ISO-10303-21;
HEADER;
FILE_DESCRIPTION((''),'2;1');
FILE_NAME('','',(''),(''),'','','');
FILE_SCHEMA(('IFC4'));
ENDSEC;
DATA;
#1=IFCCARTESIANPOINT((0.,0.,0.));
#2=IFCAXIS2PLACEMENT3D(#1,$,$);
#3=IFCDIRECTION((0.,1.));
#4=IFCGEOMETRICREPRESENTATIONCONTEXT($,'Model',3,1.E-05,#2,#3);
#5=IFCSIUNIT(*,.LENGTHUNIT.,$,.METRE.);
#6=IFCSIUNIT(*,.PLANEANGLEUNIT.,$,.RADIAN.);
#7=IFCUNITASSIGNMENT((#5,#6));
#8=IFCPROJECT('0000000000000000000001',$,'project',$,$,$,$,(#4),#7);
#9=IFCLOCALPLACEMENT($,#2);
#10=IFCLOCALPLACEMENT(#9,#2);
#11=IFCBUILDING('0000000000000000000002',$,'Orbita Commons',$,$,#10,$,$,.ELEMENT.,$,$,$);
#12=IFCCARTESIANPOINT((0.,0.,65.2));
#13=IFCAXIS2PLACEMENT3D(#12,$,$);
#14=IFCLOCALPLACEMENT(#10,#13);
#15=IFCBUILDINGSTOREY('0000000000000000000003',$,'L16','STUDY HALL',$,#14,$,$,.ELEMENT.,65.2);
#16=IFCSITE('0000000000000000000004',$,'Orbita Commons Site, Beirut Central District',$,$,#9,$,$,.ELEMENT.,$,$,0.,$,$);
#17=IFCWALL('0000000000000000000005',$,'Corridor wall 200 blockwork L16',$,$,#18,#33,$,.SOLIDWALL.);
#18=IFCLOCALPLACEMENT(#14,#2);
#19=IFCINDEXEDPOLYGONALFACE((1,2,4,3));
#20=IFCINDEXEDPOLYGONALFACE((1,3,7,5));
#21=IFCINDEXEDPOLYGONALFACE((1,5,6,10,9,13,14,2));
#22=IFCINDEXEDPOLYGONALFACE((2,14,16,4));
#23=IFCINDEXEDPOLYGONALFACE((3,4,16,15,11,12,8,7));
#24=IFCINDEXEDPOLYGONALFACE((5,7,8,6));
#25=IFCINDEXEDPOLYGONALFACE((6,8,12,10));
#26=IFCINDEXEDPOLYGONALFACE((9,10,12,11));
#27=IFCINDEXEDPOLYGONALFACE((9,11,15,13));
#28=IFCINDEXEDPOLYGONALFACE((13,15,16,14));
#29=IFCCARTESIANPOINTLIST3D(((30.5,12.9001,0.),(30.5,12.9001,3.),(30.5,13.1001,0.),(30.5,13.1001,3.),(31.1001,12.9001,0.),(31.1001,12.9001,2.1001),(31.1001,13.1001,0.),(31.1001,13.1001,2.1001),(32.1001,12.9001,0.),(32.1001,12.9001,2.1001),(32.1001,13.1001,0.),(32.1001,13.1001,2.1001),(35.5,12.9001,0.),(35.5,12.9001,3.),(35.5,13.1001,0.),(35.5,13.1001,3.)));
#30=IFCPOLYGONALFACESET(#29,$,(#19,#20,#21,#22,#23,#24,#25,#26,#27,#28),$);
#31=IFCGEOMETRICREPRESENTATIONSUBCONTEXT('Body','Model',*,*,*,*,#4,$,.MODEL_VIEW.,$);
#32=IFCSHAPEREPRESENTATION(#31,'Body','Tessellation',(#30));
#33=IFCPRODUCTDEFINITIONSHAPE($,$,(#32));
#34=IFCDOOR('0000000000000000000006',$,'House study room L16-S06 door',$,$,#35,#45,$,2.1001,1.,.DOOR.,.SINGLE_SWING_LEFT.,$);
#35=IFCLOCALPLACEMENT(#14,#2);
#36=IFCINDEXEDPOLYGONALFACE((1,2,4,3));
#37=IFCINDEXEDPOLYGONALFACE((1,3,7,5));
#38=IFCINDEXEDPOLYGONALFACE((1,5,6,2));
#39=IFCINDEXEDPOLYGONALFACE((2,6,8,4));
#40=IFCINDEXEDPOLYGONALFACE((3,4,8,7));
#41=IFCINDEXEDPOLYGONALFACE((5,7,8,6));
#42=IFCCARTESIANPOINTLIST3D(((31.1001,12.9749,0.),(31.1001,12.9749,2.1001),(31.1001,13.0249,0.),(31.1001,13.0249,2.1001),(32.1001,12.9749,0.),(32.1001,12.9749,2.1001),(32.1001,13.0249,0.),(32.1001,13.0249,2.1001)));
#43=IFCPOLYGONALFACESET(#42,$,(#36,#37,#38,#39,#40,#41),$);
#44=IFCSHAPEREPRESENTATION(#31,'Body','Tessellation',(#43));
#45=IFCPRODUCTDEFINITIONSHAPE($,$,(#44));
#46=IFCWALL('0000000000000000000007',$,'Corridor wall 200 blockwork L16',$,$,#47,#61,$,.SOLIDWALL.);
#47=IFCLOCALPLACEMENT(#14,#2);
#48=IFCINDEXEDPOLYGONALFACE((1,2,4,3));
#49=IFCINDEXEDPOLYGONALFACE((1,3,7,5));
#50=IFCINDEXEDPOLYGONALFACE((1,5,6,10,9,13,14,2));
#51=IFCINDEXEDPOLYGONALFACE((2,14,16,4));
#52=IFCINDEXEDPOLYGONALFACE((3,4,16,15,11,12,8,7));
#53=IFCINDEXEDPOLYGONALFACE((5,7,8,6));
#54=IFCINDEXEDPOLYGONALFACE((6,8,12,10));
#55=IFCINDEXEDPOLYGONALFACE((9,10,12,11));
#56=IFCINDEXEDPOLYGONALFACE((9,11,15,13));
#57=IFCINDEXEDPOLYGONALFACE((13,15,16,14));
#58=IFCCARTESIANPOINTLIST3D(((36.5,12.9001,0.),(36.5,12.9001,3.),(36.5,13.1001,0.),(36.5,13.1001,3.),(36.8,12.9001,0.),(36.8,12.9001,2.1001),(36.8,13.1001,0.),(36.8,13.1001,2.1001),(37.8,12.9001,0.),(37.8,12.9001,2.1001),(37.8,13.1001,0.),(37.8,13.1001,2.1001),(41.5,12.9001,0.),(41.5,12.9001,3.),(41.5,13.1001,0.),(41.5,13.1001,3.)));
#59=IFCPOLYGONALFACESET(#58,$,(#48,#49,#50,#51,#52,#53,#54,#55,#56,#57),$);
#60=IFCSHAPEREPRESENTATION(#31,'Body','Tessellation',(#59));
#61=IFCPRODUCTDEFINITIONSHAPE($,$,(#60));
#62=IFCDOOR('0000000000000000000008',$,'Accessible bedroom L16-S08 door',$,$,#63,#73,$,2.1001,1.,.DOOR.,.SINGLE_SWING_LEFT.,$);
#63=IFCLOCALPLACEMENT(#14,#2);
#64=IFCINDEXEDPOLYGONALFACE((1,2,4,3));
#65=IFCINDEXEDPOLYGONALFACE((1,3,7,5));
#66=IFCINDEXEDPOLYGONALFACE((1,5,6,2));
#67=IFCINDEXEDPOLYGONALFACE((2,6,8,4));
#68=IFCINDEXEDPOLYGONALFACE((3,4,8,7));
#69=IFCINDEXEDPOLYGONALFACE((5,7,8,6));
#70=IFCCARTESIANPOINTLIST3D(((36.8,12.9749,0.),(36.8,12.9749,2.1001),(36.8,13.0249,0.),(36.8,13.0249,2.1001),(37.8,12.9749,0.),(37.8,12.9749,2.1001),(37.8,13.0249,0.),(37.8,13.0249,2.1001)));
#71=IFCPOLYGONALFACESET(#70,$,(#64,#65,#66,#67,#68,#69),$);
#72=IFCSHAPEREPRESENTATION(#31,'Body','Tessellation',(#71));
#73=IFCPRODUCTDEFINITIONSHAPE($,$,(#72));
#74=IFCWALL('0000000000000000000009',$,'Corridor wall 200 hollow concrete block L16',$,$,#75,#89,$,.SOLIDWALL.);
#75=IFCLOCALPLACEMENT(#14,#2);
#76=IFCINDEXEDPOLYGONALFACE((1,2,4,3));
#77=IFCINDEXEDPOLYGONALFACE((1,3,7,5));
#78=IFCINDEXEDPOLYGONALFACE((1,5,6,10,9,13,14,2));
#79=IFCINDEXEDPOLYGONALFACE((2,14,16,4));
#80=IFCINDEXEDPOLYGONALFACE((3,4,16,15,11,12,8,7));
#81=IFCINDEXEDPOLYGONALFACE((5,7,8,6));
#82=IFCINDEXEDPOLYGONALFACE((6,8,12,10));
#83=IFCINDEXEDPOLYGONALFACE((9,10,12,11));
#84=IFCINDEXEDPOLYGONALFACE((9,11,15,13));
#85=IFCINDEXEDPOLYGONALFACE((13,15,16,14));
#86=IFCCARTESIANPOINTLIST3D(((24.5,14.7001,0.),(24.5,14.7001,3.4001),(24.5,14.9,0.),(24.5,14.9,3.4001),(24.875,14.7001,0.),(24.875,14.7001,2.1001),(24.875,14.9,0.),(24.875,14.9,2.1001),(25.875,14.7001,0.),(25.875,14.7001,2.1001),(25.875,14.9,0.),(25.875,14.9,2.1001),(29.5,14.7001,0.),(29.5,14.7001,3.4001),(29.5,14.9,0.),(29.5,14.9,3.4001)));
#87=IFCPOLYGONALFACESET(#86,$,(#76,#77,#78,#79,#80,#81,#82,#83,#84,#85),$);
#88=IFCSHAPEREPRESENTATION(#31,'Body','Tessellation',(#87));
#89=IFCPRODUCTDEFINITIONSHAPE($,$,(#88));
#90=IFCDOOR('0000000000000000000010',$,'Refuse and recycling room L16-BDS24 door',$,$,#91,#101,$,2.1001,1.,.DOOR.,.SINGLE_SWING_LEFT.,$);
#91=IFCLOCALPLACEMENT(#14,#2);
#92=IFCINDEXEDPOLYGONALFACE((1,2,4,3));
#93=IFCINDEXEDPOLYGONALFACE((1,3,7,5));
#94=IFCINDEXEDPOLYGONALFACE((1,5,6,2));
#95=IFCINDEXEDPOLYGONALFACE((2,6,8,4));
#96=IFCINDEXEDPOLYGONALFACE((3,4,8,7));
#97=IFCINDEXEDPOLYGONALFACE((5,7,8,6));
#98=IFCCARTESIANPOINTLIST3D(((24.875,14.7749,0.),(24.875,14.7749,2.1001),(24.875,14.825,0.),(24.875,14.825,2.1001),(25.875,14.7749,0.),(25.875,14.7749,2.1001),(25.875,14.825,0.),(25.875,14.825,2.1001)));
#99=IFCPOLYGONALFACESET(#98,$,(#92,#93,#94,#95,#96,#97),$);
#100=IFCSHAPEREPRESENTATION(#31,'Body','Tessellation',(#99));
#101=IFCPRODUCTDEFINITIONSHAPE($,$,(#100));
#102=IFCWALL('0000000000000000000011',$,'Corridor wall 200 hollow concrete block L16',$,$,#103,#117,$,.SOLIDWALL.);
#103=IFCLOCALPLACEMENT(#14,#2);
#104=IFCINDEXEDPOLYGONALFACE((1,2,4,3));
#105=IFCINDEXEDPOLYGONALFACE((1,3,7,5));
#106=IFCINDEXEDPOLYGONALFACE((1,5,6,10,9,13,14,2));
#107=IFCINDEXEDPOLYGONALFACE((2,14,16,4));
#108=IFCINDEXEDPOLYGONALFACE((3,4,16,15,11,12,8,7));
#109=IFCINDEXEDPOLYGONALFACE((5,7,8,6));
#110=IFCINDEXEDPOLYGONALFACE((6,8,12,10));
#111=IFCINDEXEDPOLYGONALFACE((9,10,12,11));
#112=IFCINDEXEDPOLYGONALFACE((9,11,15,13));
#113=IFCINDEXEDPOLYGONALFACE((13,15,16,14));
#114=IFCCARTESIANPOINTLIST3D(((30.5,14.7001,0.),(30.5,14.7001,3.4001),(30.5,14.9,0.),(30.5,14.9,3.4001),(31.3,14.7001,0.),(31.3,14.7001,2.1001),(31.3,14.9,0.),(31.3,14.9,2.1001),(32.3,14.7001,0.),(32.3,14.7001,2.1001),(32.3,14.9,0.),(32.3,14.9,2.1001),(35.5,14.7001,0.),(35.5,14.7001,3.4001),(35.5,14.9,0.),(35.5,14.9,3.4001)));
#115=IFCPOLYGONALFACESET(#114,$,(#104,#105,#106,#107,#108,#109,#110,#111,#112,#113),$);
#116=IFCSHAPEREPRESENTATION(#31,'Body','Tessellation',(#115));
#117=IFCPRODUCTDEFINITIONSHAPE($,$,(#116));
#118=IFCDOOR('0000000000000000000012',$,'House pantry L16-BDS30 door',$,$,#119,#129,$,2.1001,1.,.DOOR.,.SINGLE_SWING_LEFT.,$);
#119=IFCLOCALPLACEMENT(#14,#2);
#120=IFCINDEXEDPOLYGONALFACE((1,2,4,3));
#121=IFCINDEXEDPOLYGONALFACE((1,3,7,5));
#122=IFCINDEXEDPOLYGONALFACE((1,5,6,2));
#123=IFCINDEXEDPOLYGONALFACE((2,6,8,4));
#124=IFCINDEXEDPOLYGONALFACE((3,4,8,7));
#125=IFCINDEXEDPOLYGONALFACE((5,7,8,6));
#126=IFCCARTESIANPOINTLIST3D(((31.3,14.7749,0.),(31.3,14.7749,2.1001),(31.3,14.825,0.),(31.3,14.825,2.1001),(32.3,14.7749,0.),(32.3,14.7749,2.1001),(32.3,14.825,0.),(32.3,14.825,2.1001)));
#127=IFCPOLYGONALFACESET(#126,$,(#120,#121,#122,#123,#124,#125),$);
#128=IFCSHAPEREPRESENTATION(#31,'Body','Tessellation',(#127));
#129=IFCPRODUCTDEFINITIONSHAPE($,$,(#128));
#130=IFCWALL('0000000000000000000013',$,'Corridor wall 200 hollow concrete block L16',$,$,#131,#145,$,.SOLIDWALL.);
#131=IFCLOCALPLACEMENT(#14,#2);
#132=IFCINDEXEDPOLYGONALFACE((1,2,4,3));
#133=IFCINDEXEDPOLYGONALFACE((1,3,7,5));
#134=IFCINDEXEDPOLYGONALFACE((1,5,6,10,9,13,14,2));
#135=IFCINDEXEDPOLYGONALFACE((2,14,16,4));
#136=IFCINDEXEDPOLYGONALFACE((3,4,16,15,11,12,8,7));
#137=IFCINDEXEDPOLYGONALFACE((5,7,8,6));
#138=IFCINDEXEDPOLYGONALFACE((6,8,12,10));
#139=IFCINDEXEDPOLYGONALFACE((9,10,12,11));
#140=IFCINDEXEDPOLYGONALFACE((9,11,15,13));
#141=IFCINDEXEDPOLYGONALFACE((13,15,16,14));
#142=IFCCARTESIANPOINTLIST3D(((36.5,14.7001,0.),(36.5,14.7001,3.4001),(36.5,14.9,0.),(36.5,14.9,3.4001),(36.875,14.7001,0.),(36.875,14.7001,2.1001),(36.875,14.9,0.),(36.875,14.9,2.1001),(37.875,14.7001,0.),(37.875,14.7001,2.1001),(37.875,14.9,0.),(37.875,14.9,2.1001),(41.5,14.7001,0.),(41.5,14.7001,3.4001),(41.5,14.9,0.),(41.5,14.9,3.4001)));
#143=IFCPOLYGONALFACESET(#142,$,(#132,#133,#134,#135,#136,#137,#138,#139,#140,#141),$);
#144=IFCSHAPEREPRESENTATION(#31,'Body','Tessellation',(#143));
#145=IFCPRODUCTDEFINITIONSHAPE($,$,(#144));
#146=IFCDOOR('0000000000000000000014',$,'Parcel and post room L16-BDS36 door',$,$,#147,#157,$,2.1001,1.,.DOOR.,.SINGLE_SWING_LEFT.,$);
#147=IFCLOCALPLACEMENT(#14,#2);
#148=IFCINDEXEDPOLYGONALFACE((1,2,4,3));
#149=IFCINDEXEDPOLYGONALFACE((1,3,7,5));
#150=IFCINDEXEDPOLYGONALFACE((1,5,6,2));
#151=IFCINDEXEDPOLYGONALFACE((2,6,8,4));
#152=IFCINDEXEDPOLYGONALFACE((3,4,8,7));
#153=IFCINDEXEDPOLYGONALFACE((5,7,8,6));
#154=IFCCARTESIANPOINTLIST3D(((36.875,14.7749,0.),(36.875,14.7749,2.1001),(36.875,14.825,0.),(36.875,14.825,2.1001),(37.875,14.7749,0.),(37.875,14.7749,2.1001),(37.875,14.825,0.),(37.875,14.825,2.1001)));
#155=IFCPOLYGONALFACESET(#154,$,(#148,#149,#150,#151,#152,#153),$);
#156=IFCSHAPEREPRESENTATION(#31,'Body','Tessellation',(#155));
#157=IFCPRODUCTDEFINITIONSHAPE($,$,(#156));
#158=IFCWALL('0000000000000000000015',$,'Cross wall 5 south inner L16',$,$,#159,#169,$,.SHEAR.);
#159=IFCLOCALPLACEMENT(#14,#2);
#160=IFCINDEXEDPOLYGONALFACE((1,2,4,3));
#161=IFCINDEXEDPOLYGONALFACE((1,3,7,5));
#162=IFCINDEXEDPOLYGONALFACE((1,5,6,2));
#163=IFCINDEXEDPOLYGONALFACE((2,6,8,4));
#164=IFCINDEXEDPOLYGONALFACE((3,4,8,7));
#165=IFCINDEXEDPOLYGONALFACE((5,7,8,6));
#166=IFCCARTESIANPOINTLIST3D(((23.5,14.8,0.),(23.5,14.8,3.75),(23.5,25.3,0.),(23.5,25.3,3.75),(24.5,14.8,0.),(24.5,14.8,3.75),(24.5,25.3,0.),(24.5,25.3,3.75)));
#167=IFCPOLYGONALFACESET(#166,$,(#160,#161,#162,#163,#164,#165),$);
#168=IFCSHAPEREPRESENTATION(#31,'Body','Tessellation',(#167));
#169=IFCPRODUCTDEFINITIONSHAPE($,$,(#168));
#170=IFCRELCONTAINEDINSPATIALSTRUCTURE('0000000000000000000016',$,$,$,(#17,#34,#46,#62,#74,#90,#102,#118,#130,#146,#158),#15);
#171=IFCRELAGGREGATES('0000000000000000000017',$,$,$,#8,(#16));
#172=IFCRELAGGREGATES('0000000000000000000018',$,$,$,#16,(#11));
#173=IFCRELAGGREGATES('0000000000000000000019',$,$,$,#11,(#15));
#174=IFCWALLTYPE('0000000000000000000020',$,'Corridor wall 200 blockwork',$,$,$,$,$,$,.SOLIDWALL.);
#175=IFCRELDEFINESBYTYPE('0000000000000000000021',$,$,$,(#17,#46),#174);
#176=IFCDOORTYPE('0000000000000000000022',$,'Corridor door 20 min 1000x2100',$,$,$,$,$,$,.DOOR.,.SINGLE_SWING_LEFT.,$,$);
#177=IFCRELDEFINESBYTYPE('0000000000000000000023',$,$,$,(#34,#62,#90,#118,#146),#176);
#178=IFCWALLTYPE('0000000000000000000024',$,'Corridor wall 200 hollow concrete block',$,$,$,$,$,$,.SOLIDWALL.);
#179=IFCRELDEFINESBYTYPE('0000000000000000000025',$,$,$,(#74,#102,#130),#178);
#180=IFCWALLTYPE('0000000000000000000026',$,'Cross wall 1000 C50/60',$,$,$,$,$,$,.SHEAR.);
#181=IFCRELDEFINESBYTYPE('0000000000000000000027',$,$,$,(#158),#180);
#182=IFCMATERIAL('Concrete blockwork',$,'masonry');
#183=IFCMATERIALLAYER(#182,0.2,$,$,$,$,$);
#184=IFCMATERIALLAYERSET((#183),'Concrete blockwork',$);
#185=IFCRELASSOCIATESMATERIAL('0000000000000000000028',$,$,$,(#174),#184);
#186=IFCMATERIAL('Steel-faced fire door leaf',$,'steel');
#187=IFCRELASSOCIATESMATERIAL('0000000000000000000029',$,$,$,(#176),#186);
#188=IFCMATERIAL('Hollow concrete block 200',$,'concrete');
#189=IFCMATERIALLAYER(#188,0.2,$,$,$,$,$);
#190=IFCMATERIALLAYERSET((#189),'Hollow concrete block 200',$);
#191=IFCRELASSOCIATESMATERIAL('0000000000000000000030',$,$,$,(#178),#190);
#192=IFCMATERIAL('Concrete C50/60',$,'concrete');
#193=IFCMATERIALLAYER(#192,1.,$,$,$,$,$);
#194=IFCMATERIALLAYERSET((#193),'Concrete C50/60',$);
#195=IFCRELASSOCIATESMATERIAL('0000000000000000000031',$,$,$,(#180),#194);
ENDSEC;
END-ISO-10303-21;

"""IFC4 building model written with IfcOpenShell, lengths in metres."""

from ifc_helpers import new_model, si_unit, direction, frame, frame_2d, origin, place, context, subcontext, project, spatial, polyline, rectangle, outline, extrude, material, layer, layer_set, type_object, element, fill, save


model = new_model("IFC4")

# Units and contexts
model_context = context("Model", 3, precision=1e-05, world=origin(), true_north=direction((0.0, 1.0)))
body_context = subcontext(model_context, "Body", "Model", "MODEL_VIEW")
ifc_project = project(units=[si_unit("LENGTHUNIT", "METRE"), si_unit("PLANEANGLEUNIT", "RADIAN")], contexts=[model_context])

# Site, building, storey
site_placement = place(None, origin())
site = spatial("IfcSite", under=ifc_project, at=site_placement, Name="Orbita Commons Site, Beirut Central District", CompositionType="ELEMENT", RefElevation=0.0)
building_placement = place(site_placement, origin())
building = spatial("IfcBuilding", under=site, at=building_placement, Name="Orbita Commons", CompositionType="ELEMENT")
storey_placement = place(building_placement, frame((0.0, 0.0, 65.2)))
storey = spatial("IfcBuildingStorey", under=building, at=storey_placement, Name="L16", Description="STUDY HALL", CompositionType="ELEMENT", Elevation=65.2)

# Shared definitions
ifc_material_1 = material(Name="Concrete blockwork", Category="masonry")
ifc_layer_1 = layer(ifc_material_1, 0.2)
ifc_layer_set_1 = layer_set([ifc_layer_1], Name="Concrete blockwork")
wall_type_1 = type_object("IfcWallType", Name="Corridor wall 200 blockwork", PredefinedType="SOLIDWALL", material=ifc_layer_set_1)

# Walls, openings, doors
wall_1_placement = place(storey_placement, frame((30.5, 13.0, 0.0), z_axis=(0.0, 0.0, 1.0), x_axis=(1.0, 0.0, 0.0)))
wall_1 = element("IfcWall", 1, at=wall_1_placement, inside=storey, type_object=wall_type_1, Name="Corridor wall 200 blockwork L16", PredefinedType="SOLIDWALL", context=body_context, shape_type="SweptSolid", body=[
    extrude(outline(polyline([(0.0, 0.0), (5.0, 0.0), (5.0, 3.0), (0.0, 3.0), (0.0, 0.0)])), frame((0.0, 0.1001, 0.0), z_axis=(0.0, -1.0, 0.0), x_axis=(1.0, 0.0, 0.0)), (0.0, 0.0, 1.0), 0.2),
])
opening_1_placement = place(wall_1_placement, frame((0.6001, 0.0, 0.0)))
opening_1 = element("IfcOpeningElement", 2, at=opening_1_placement, cuts=wall_1, PredefinedType="OPENING", context=body_context, shape_type="SweptSolid", body=[
    extrude(rectangle(XDim=1.0, YDim=2.1001, at=frame_2d((0.5, 1.05))), frame((0.0, 0.1099, 0.0), z_axis=(0.0, -1.0, 0.0), x_axis=(1.0, 0.0, 0.0)), (0.0, 0.0, 1.0), 0.22),
])
ifc_material_2 = material(Name="Steel-faced fire door leaf", Category="steel")
door_type_1 = type_object("IfcDoorType", Name="Corridor door 20 min 1000x2100", OperationType="SINGLE_SWING_LEFT", PredefinedType="DOOR", material=ifc_material_2)
door_1_placement = place(opening_1_placement, origin())
door_1 = element("IfcDoor", 3, at=door_1_placement, inside=storey, type_object=door_type_1, Name="House study room L16-S06 door", OperationType="SINGLE_SWING_LEFT", OverallHeight=2.1001, OverallWidth=1.0, PredefinedType="DOOR", context=body_context, shape_type="SweptSolid", body=[
    extrude(rectangle(XDim=1.0, YDim=2.1001, at=frame_2d((0.5, 1.05))), frame((0.0, 0.0249, 0.0), z_axis=(0.0, -1.0, 0.0), x_axis=(1.0, 0.0, 0.0)), (0.0, 0.0, 1.0), 0.05),
])
fill(opening_1, door_1)
wall_2_placement = place(storey_placement, frame((36.5, 13.0, 0.0), z_axis=(0.0, 0.0, 1.0), x_axis=(1.0, 0.0, 0.0)))
wall_2 = element("IfcWall", 4, at=wall_2_placement, inside=storey, type_object=wall_type_1, Name="Corridor wall 200 blockwork L16", PredefinedType="SOLIDWALL", context=body_context, shape_type="SweptSolid", body=[
    extrude(outline(polyline([(0.0, 0.0), (5.0, 0.0), (5.0, 3.0), (0.0, 3.0), (0.0, 0.0)])), frame((0.0, 0.1001, 0.0), z_axis=(0.0, -1.0, 0.0), x_axis=(1.0, 0.0, 0.0)), (0.0, 0.0, 1.0), 0.2),
])
opening_2_placement = place(wall_2_placement, frame((0.3, 0.0, 0.0)))
opening_2 = element("IfcOpeningElement", 5, at=opening_2_placement, cuts=wall_2, PredefinedType="OPENING", context=body_context, shape_type="SweptSolid", body=[
    extrude(rectangle(XDim=1.0, YDim=2.1001, at=frame_2d((0.5, 1.05))), frame((0.0, 0.1099, 0.0), z_axis=(0.0, -1.0, 0.0), x_axis=(1.0, 0.0, 0.0)), (0.0, 0.0, 1.0), 0.22),
])
door_2_placement = place(opening_2_placement, origin())
door_2 = element("IfcDoor", 6, at=door_2_placement, inside=storey, type_object=door_type_1, Name="Accessible bedroom L16-S08 door", OperationType="SINGLE_SWING_LEFT", OverallHeight=2.1001, OverallWidth=1.0, PredefinedType="DOOR", context=body_context, shape_type="SweptSolid", body=[
    extrude(rectangle(XDim=1.0, YDim=2.1001, at=frame_2d((0.5, 1.05))), frame((0.0, 0.0249, 0.0), z_axis=(0.0, -1.0, 0.0), x_axis=(1.0, 0.0, 0.0)), (0.0, 0.0, 1.0), 0.05),
])
fill(opening_2, door_2)
ifc_material_3 = material(Name="Hollow concrete block 200", Category="concrete")
ifc_layer_2 = layer(ifc_material_3, 0.2)
ifc_layer_set_2 = layer_set([ifc_layer_2], Name="Hollow concrete block 200")
wall_type_2 = type_object("IfcWallType", Name="Corridor wall 200 hollow concrete block", PredefinedType="SOLIDWALL", material=ifc_layer_set_2)
wall_3_placement = place(storey_placement, frame((24.5, 14.8, 0.0), z_axis=(0.0, 0.0, 1.0), x_axis=(1.0, 0.0, 0.0)))
wall_3 = element("IfcWall", 7, at=wall_3_placement, inside=storey, type_object=wall_type_2, Name="Corridor wall 200 hollow concrete block L16", PredefinedType="SOLIDWALL", context=body_context, shape_type="SweptSolid", body=[
    extrude(rectangle(XDim=5.0, YDim=0.2, at=frame_2d((2.5, 0.0))), origin(), (0.0, 0.0, 1.0), 3.4001),
])
opening_3_placement = place(wall_3_placement, frame((0.375, 0.0, 0.0)))
opening_3 = element("IfcOpeningElement", 8, at=opening_3_placement, cuts=wall_3, PredefinedType="OPENING", context=body_context, shape_type="SweptSolid", body=[
    extrude(rectangle(XDim=1.0, YDim=2.1001, at=frame_2d((0.5, 1.05))), frame((0.0, 0.1099, 0.0), z_axis=(0.0, -1.0, 0.0), x_axis=(1.0, 0.0, 0.0)), (0.0, 0.0, 1.0), 0.22),
])
door_3_placement = place(opening_3_placement, origin())
door_3 = element("IfcDoor", 9, at=door_3_placement, inside=storey, type_object=door_type_1, Name="Refuse and recycling room L16-BDS24 door", OperationType="SINGLE_SWING_LEFT", OverallHeight=2.1001, OverallWidth=1.0, PredefinedType="DOOR", context=body_context, shape_type="SweptSolid", body=[
    extrude(rectangle(XDim=1.0, YDim=2.1001, at=frame_2d((0.5, 1.05))), frame((0.0, 0.0249, 0.0), z_axis=(0.0, -1.0, 0.0), x_axis=(1.0, 0.0, 0.0)), (0.0, 0.0, 1.0), 0.05),
])
fill(opening_3, door_3)
wall_4_placement = place(storey_placement, frame((30.5, 14.8, 0.0), z_axis=(0.0, 0.0, 1.0), x_axis=(1.0, 0.0, 0.0)))
wall_4 = element("IfcWall", 10, at=wall_4_placement, inside=storey, type_object=wall_type_2, Name="Corridor wall 200 hollow concrete block L16", PredefinedType="SOLIDWALL", context=body_context, shape_type="SweptSolid", body=[
    extrude(rectangle(XDim=5.0, YDim=0.2, at=frame_2d((2.5, 0.0))), origin(), (0.0, 0.0, 1.0), 3.4001),
])
opening_4_placement = place(wall_4_placement, frame((0.8, 0.0, 0.0)))
opening_4 = element("IfcOpeningElement", 11, at=opening_4_placement, cuts=wall_4, PredefinedType="OPENING", context=body_context, shape_type="SweptSolid", body=[
    extrude(rectangle(XDim=1.0, YDim=2.1001, at=frame_2d((0.5, 1.05))), frame((0.0, 0.1099, 0.0), z_axis=(0.0, -1.0, 0.0), x_axis=(1.0, 0.0, 0.0)), (0.0, 0.0, 1.0), 0.22),
])
door_4_placement = place(opening_4_placement, origin())
door_4 = element("IfcDoor", 12, at=door_4_placement, inside=storey, type_object=door_type_1, Name="House pantry L16-BDS30 door", OperationType="SINGLE_SWING_LEFT", OverallHeight=2.1001, OverallWidth=1.0, PredefinedType="DOOR", context=body_context, shape_type="SweptSolid", body=[
    extrude(rectangle(XDim=1.0, YDim=2.1001, at=frame_2d((0.5, 1.05))), frame((0.0, 0.0249, 0.0), z_axis=(0.0, -1.0, 0.0), x_axis=(1.0, 0.0, 0.0)), (0.0, 0.0, 1.0), 0.05),
])
fill(opening_4, door_4)
wall_5_placement = place(storey_placement, frame((36.5, 14.8, 0.0), z_axis=(0.0, 0.0, 1.0), x_axis=(1.0, 0.0, 0.0)))
wall_5 = element("IfcWall", 13, at=wall_5_placement, inside=storey, type_object=wall_type_2, Name="Corridor wall 200 hollow concrete block L16", PredefinedType="SOLIDWALL", context=body_context, shape_type="SweptSolid", body=[
    extrude(rectangle(XDim=5.0, YDim=0.2, at=frame_2d((2.5, 0.0))), origin(), (0.0, 0.0, 1.0), 3.4001),
])
opening_5_placement = place(wall_5_placement, frame((0.375, 0.0, 0.0)))
opening_5 = element("IfcOpeningElement", 14, at=opening_5_placement, cuts=wall_5, PredefinedType="OPENING", context=body_context, shape_type="SweptSolid", body=[
    extrude(rectangle(XDim=1.0, YDim=2.1001, at=frame_2d((0.5, 1.05))), frame((0.0, 0.1099, 0.0), z_axis=(0.0, -1.0, 0.0), x_axis=(1.0, 0.0, 0.0)), (0.0, 0.0, 1.0), 0.22),
])
door_5_placement = place(opening_5_placement, origin())
door_5 = element("IfcDoor", 15, at=door_5_placement, inside=storey, type_object=door_type_1, Name="Parcel and post room L16-BDS36 door", OperationType="SINGLE_SWING_LEFT", OverallHeight=2.1001, OverallWidth=1.0, PredefinedType="DOOR", context=body_context, shape_type="SweptSolid", body=[
    extrude(rectangle(XDim=1.0, YDim=2.1001, at=frame_2d((0.5, 1.05))), frame((0.0, 0.0249, 0.0), z_axis=(0.0, -1.0, 0.0), x_axis=(1.0, 0.0, 0.0)), (0.0, 0.0, 1.0), 0.05),
])
fill(opening_5, door_5)

# Wall
ifc_material_4 = material(Name="Concrete C50/60", Category="concrete")
ifc_layer_3 = layer(ifc_material_4, 1.0)
ifc_layer_set_3 = layer_set([ifc_layer_3], Name="Concrete C50/60")
wall_type_3 = type_object("IfcWallType", Name="Cross wall 1000 C50/60", PredefinedType="SHEAR", material=ifc_layer_set_3)
for number, where, z_axis, x_axis, name in (
    (16, (24.0, 14.8, 0.0), (0.0, 0.0, 1.0), (0.0, 1.0, 0.0), "Cross wall 5 south inner L16"),
):
    element("IfcWall", number, at=place(storey_placement, frame(where, z_axis=z_axis, x_axis=x_axis)), inside=storey, type_object=wall_type_3, Name=name, PredefinedType="SHEAR", context=body_context, shape_type="SweptSolid", body=[
        extrude(rectangle(XDim=10.5, YDim=1.0, at=frame_2d((5.25, 0.0))), origin(), (0.0, 0.0, 1.0), 3.75),
    ])

save(model, "model.ifc")
